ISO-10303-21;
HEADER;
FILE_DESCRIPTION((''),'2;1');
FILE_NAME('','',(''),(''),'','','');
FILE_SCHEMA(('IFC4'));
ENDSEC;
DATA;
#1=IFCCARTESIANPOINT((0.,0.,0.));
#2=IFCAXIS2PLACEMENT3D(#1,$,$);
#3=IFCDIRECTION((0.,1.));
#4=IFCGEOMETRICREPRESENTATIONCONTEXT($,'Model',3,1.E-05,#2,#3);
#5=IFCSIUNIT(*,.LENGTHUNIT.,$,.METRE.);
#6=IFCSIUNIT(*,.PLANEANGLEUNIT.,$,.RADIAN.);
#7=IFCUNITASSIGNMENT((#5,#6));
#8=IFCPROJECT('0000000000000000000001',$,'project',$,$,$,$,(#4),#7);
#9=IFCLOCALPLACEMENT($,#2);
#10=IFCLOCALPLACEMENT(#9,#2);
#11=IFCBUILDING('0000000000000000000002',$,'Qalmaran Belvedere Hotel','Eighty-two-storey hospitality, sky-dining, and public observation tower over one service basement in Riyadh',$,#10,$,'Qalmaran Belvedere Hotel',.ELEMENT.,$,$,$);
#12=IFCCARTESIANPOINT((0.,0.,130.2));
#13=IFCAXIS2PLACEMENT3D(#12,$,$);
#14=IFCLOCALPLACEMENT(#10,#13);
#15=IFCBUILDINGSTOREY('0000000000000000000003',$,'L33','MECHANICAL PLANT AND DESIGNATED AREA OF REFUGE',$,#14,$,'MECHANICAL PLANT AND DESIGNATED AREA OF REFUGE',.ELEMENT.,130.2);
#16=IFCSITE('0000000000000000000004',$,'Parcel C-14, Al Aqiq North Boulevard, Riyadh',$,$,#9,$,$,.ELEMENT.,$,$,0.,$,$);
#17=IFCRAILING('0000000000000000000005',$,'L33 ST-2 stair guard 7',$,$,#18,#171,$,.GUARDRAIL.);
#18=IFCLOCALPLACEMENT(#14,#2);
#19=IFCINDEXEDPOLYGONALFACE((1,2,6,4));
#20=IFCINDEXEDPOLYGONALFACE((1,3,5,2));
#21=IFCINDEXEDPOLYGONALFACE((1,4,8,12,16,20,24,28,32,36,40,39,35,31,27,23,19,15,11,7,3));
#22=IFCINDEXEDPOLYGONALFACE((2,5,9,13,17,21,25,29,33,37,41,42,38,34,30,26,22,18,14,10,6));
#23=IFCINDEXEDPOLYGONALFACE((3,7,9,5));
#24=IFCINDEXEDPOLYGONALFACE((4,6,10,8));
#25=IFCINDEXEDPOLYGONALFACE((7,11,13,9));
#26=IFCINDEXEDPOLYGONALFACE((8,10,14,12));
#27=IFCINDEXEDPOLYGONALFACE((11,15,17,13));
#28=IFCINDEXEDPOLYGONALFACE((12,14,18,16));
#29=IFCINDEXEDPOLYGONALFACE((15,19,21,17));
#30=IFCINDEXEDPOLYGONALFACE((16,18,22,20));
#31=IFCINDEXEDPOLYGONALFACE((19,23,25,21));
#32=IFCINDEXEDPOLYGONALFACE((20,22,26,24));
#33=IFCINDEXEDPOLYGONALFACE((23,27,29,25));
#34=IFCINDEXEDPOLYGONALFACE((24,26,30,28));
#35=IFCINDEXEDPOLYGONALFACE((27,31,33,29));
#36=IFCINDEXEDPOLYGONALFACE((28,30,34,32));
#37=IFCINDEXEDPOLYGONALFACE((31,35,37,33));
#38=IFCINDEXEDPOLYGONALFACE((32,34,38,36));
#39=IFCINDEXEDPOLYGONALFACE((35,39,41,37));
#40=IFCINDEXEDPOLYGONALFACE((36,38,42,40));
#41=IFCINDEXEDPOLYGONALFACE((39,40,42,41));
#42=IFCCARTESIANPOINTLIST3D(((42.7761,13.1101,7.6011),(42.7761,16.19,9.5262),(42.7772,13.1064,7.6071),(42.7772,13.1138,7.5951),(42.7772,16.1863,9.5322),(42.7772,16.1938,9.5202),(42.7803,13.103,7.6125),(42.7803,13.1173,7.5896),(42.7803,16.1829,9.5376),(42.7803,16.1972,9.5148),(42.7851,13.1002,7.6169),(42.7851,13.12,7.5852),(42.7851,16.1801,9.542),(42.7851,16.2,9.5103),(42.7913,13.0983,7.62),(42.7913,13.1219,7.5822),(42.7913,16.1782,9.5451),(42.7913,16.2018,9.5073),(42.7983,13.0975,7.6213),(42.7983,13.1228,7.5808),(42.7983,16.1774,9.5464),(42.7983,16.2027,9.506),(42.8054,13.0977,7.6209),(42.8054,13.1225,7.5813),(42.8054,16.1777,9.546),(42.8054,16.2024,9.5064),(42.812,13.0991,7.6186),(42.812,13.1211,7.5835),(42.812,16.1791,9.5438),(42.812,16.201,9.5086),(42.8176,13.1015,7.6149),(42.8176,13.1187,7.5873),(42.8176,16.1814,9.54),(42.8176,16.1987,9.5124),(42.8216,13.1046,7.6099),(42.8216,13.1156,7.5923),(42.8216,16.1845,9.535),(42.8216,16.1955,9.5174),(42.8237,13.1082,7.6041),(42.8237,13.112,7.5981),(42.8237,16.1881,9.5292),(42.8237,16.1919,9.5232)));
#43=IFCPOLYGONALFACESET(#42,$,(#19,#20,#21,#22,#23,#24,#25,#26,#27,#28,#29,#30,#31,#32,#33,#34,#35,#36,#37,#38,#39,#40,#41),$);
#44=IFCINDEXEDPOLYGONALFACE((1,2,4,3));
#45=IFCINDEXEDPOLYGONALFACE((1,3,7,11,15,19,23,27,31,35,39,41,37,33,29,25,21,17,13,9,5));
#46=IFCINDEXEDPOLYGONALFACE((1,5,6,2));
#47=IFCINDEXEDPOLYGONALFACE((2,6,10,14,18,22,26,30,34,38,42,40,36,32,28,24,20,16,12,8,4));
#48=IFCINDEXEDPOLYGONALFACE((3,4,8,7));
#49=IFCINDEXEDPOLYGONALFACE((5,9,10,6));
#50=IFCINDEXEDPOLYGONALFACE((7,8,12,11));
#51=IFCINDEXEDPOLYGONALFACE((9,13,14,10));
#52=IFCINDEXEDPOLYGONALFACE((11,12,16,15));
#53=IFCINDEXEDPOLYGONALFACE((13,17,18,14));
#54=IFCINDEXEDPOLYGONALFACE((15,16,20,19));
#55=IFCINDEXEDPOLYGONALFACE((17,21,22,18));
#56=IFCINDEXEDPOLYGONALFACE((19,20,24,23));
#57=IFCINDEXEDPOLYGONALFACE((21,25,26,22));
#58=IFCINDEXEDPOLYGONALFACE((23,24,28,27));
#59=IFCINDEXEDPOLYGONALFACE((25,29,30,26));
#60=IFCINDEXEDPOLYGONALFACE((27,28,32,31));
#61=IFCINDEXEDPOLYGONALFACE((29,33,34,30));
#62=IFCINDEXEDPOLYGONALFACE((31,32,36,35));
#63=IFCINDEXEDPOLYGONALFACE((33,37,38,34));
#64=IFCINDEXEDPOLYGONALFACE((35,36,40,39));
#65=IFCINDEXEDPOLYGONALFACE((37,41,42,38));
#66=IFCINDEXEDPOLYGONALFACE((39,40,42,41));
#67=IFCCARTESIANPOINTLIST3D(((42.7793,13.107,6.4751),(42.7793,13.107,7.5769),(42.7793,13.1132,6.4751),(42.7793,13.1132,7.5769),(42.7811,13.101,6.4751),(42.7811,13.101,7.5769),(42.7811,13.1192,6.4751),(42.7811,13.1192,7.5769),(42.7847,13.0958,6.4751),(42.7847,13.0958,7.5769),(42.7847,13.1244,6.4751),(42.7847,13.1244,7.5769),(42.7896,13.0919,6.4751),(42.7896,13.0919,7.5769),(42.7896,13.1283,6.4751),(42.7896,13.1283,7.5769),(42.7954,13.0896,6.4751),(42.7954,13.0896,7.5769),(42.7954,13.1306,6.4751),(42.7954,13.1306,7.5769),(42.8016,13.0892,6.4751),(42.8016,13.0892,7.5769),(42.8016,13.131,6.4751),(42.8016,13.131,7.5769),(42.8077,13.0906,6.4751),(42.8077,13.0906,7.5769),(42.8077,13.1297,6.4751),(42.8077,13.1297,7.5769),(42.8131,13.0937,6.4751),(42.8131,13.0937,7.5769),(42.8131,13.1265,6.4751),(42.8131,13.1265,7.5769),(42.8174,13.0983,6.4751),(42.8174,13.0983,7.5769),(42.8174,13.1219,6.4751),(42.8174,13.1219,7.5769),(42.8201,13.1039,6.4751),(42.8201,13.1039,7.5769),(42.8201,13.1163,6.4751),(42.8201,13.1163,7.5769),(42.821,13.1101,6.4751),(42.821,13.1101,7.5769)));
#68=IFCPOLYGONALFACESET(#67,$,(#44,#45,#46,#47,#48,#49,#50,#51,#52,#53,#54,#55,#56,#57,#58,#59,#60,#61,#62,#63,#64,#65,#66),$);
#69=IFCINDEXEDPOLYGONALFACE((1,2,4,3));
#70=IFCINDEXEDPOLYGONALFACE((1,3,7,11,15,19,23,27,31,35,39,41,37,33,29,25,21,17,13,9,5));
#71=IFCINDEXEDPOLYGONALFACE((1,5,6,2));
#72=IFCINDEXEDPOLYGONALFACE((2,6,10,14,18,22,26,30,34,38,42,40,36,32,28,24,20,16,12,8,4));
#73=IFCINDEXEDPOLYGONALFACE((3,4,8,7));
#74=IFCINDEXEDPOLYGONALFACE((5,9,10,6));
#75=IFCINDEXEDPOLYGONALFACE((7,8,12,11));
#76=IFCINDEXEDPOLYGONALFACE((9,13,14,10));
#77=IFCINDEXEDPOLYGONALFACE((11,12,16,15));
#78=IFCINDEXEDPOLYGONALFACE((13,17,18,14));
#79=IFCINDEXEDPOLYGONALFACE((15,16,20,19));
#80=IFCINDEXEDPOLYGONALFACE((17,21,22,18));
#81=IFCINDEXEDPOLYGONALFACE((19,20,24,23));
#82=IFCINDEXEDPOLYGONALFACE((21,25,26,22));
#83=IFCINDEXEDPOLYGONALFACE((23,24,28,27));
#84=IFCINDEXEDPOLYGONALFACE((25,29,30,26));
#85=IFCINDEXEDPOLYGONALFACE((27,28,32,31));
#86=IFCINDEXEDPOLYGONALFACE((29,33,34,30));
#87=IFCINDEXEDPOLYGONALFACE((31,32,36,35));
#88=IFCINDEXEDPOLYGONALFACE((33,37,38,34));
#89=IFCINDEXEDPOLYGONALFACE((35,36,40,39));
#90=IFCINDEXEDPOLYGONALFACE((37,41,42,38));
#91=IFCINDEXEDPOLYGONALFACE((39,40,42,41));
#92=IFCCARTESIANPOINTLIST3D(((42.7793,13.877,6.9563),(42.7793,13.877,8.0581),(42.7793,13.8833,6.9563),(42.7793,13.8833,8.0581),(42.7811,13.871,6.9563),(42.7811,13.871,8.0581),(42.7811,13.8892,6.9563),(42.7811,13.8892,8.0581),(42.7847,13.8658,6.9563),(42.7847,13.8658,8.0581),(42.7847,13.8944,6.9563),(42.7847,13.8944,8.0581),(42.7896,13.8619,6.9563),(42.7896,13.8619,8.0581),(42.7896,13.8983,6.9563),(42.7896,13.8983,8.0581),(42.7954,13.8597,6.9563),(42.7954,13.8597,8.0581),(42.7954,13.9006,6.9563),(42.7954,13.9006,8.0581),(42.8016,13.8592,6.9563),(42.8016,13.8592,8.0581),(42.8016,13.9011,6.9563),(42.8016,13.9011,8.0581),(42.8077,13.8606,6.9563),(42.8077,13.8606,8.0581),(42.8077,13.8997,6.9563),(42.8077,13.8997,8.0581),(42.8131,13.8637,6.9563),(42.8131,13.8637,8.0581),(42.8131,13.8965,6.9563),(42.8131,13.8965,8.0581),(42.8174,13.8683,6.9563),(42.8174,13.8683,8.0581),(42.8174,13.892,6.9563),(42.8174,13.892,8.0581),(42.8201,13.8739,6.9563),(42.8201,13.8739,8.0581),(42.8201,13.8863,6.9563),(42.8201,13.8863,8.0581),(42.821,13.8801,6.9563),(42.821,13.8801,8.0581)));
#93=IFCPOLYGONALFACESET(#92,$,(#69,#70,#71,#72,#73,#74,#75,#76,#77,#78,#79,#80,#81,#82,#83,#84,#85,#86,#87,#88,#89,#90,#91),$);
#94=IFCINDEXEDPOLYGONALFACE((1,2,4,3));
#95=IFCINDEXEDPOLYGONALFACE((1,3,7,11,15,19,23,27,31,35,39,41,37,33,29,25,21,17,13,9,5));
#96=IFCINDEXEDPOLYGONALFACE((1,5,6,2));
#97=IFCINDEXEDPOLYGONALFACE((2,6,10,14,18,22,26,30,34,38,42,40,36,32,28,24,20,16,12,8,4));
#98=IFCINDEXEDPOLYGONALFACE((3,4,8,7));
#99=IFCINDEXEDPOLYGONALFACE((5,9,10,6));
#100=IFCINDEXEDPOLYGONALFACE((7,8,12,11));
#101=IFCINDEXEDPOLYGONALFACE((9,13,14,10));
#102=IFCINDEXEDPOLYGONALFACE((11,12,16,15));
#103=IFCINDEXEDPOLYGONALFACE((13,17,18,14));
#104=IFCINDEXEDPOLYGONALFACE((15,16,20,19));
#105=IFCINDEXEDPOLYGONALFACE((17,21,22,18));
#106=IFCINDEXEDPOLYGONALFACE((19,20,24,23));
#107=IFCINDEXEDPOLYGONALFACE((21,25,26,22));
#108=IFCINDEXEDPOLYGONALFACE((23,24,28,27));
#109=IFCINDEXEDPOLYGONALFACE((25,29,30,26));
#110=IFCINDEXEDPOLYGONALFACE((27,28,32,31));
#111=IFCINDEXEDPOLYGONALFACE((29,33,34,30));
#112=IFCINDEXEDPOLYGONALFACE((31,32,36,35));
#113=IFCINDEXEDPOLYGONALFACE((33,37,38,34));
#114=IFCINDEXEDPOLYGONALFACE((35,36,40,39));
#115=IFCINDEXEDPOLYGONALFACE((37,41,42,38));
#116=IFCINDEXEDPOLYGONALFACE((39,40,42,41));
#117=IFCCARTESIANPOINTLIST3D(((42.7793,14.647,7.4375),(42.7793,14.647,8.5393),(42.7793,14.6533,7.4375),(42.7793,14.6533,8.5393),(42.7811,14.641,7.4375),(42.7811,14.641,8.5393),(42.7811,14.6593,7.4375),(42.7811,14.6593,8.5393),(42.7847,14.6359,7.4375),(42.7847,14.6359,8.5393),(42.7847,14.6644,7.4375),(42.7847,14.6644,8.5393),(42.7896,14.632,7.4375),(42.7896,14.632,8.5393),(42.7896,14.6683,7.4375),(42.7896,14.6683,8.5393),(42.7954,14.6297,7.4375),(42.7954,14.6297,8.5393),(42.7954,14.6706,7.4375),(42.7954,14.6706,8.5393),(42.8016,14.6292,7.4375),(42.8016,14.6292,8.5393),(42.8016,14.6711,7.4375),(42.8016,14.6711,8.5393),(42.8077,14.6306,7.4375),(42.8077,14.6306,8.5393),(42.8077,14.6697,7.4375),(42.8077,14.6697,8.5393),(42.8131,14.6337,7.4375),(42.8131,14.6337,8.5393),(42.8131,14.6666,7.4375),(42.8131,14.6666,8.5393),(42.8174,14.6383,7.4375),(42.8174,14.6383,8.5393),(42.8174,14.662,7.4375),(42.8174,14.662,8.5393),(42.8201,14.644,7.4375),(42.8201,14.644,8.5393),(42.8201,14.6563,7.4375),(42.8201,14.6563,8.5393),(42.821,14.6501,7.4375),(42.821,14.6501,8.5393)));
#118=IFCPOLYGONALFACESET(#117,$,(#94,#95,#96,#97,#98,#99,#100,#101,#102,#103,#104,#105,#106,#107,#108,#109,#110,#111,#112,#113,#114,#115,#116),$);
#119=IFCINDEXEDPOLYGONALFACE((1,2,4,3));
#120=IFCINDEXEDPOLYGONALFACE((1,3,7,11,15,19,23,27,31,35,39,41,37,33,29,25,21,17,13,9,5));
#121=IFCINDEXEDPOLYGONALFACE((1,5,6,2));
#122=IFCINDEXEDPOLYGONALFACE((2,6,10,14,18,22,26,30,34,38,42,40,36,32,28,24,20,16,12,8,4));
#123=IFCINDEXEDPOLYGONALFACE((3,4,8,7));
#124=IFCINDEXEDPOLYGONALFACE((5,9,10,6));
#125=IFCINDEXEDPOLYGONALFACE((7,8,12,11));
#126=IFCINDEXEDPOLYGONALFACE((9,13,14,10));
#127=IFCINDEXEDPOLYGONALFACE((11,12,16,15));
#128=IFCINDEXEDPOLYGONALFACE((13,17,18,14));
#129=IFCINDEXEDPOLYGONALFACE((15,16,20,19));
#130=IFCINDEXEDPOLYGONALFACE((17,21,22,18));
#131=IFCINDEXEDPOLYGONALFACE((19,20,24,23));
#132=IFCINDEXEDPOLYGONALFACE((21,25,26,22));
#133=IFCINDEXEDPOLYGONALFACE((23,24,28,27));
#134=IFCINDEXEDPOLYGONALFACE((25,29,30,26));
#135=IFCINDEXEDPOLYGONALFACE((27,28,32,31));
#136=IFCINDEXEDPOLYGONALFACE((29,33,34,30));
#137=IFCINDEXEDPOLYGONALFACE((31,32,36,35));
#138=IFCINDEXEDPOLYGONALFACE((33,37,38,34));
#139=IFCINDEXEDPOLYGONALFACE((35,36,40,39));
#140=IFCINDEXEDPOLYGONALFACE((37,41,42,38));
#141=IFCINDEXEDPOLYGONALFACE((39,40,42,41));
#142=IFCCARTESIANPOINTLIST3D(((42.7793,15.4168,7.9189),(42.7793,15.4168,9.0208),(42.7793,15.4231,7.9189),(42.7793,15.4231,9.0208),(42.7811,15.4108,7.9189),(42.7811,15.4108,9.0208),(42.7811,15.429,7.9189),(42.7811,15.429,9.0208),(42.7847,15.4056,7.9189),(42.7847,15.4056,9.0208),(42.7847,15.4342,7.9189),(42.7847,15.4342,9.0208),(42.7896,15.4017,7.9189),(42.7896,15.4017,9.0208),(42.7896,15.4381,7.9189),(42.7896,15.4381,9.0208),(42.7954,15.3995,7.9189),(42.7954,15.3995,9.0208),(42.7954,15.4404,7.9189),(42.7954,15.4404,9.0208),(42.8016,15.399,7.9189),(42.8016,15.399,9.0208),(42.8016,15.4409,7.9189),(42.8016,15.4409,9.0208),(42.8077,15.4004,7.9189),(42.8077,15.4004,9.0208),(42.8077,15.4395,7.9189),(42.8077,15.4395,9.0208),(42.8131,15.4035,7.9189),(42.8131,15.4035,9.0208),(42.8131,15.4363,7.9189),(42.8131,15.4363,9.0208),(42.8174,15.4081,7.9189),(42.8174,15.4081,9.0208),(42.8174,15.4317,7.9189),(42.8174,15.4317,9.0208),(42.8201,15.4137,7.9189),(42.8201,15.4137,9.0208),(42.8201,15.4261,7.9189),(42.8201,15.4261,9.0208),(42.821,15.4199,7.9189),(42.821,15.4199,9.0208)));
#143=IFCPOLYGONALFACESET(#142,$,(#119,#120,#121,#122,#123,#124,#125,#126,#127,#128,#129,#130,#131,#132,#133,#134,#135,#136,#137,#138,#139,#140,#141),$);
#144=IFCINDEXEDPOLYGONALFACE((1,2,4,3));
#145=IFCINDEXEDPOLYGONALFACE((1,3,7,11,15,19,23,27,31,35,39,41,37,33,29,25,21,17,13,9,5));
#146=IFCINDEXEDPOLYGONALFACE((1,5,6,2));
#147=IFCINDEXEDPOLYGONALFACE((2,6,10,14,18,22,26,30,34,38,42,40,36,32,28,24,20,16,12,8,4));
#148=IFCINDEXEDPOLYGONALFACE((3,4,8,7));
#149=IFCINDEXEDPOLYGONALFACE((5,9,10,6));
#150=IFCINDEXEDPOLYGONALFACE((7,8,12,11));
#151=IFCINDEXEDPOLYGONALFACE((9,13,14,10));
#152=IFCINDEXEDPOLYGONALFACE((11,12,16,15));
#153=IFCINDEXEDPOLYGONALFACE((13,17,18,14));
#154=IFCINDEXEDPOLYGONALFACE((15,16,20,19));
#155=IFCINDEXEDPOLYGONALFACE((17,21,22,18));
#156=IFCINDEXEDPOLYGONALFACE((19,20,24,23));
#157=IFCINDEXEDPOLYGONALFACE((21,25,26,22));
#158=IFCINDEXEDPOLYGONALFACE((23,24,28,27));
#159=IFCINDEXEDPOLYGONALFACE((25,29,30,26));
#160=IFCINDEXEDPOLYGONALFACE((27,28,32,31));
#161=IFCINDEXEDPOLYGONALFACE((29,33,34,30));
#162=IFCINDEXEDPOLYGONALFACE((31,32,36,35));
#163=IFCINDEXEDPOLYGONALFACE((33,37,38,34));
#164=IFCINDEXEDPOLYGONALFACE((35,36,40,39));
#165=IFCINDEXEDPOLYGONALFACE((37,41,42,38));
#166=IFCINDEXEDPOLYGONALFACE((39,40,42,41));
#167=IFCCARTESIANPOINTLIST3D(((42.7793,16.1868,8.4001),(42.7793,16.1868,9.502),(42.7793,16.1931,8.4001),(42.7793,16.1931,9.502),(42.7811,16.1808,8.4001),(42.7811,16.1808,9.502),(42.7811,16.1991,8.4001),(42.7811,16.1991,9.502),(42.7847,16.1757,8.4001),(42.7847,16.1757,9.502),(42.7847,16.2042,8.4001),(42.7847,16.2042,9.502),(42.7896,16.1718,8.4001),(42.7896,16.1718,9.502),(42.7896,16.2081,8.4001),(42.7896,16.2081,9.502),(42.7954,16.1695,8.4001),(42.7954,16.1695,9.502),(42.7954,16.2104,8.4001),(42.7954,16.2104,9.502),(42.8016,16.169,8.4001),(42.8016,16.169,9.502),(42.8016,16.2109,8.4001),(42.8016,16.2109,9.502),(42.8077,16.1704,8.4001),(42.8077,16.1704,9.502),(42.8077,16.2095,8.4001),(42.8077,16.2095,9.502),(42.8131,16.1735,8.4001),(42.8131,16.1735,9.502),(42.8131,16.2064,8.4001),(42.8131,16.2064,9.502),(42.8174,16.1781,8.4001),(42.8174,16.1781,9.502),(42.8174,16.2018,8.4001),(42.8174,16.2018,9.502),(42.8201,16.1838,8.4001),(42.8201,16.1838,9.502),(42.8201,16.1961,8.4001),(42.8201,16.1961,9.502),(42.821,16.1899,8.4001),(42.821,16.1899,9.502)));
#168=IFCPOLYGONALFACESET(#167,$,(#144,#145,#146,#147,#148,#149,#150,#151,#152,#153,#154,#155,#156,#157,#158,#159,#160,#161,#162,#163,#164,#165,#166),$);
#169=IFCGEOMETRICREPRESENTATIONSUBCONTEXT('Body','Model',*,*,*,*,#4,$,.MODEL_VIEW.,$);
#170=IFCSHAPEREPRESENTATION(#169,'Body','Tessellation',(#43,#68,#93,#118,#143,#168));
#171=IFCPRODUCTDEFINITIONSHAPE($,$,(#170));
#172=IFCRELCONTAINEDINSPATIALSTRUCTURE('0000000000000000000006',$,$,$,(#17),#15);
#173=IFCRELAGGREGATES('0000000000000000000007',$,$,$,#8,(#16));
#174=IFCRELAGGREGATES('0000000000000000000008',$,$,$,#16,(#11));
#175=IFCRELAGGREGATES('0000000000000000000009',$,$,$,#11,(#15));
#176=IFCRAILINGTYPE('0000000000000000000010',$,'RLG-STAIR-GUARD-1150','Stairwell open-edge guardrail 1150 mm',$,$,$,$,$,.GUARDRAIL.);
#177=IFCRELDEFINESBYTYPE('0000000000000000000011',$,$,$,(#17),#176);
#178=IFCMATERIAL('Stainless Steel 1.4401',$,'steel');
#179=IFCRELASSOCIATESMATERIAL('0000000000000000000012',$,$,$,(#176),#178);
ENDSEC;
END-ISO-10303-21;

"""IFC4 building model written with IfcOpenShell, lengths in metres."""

from ifc_helpers import new_model, si_unit, direction, frame, origin, origin_2d, place, context, subcontext, project, spatial, circle, extrude, material, type_object, element, save


model = new_model("IFC4")

# Units and contexts
model_context = context("Model", 3, precision=1e-05, world=origin(), true_north=direction((0.0, 1.0)))
body_context = subcontext(model_context, "Body", "Model", "MODEL_VIEW")
ifc_project = project(units=[si_unit("LENGTHUNIT", "METRE"), si_unit("PLANEANGLEUNIT", "RADIAN")], contexts=[model_context])

# Site, building, storey
site_placement = place(None, origin())
site = spatial("IfcSite", under=ifc_project, at=site_placement, Name="Parcel C-14, Al Aqiq North Boulevard, Riyadh", CompositionType="ELEMENT", RefElevation=0.0)
building_placement = place(site_placement, origin())
building = spatial("IfcBuilding", under=site, at=building_placement, Name="Qalmaran Belvedere Hotel", Description="Eighty-two-storey hospitality, sky-dining, and public observation tower over one service basement in Riyadh", LongName="Qalmaran Belvedere Hotel", CompositionType="ELEMENT")
storey_placement = place(building_placement, frame((0.0, 0.0, 130.2)))
storey = spatial("IfcBuildingStorey", under=building, at=storey_placement, Name="L33", Description="MECHANICAL PLANT AND DESIGNATED AREA OF REFUGE", LongName="MECHANICAL PLANT AND DESIGNATED AREA OF REFUGE", CompositionType="ELEMENT", Elevation=130.2)

# Railing
ifc_material_1 = material(Name="Stainless Steel 1.4401", Category="steel")
railing_type_1 = type_object("IfcRailingType", Name="RLG-STAIR-GUARD-1150", Description="Stairwell open-edge guardrail 1150 mm", PredefinedType="GUARDRAIL", material=ifc_material_1)
railing_1_placement = place(storey_placement, frame((42.8, 13.1101, 6.4751)))
element("IfcRailing", 1, at=railing_1_placement, inside=storey, type_object=railing_type_1, Name="L33 ST-2 stair guard 7", PredefinedType="GUARDRAIL", context=body_context, shape_type="SweptSolid", body=[
    extrude(circle(Radius=0.0239, at=origin_2d()), frame((0.0, 0.0, 1.126), z_axis=(0.0, 0.847979, 0.530029), x_axis=(-1.0, 0.0, 0.0)), (0.0, 0.0, 1.0), 3.6321),
    extrude(circle(Radius=0.021, at=origin_2d()), origin(), (0.0, 0.0, 1.0), 1.1018),
    extrude(circle(Radius=0.021, at=origin_2d()), frame((0.0, 0.77, 0.4812)), (0.0, 0.0, 1.0), 1.1018),
    extrude(circle(Radius=0.021, at=origin_2d()), frame((0.0, 1.54, 0.9624)), (0.0, 0.0, 1.0), 1.1018),
    extrude(circle(Radius=0.021, at=origin_2d()), frame((0.0, 2.3098, 1.4438)), (0.0, 0.0, 1.0), 1.1018),
    extrude(circle(Radius=0.021, at=origin_2d()), frame((0.0, 3.0798, 1.925)), (0.0, 0.0, 1.0), 1.1018),
])

save(model, "model.ifc")
